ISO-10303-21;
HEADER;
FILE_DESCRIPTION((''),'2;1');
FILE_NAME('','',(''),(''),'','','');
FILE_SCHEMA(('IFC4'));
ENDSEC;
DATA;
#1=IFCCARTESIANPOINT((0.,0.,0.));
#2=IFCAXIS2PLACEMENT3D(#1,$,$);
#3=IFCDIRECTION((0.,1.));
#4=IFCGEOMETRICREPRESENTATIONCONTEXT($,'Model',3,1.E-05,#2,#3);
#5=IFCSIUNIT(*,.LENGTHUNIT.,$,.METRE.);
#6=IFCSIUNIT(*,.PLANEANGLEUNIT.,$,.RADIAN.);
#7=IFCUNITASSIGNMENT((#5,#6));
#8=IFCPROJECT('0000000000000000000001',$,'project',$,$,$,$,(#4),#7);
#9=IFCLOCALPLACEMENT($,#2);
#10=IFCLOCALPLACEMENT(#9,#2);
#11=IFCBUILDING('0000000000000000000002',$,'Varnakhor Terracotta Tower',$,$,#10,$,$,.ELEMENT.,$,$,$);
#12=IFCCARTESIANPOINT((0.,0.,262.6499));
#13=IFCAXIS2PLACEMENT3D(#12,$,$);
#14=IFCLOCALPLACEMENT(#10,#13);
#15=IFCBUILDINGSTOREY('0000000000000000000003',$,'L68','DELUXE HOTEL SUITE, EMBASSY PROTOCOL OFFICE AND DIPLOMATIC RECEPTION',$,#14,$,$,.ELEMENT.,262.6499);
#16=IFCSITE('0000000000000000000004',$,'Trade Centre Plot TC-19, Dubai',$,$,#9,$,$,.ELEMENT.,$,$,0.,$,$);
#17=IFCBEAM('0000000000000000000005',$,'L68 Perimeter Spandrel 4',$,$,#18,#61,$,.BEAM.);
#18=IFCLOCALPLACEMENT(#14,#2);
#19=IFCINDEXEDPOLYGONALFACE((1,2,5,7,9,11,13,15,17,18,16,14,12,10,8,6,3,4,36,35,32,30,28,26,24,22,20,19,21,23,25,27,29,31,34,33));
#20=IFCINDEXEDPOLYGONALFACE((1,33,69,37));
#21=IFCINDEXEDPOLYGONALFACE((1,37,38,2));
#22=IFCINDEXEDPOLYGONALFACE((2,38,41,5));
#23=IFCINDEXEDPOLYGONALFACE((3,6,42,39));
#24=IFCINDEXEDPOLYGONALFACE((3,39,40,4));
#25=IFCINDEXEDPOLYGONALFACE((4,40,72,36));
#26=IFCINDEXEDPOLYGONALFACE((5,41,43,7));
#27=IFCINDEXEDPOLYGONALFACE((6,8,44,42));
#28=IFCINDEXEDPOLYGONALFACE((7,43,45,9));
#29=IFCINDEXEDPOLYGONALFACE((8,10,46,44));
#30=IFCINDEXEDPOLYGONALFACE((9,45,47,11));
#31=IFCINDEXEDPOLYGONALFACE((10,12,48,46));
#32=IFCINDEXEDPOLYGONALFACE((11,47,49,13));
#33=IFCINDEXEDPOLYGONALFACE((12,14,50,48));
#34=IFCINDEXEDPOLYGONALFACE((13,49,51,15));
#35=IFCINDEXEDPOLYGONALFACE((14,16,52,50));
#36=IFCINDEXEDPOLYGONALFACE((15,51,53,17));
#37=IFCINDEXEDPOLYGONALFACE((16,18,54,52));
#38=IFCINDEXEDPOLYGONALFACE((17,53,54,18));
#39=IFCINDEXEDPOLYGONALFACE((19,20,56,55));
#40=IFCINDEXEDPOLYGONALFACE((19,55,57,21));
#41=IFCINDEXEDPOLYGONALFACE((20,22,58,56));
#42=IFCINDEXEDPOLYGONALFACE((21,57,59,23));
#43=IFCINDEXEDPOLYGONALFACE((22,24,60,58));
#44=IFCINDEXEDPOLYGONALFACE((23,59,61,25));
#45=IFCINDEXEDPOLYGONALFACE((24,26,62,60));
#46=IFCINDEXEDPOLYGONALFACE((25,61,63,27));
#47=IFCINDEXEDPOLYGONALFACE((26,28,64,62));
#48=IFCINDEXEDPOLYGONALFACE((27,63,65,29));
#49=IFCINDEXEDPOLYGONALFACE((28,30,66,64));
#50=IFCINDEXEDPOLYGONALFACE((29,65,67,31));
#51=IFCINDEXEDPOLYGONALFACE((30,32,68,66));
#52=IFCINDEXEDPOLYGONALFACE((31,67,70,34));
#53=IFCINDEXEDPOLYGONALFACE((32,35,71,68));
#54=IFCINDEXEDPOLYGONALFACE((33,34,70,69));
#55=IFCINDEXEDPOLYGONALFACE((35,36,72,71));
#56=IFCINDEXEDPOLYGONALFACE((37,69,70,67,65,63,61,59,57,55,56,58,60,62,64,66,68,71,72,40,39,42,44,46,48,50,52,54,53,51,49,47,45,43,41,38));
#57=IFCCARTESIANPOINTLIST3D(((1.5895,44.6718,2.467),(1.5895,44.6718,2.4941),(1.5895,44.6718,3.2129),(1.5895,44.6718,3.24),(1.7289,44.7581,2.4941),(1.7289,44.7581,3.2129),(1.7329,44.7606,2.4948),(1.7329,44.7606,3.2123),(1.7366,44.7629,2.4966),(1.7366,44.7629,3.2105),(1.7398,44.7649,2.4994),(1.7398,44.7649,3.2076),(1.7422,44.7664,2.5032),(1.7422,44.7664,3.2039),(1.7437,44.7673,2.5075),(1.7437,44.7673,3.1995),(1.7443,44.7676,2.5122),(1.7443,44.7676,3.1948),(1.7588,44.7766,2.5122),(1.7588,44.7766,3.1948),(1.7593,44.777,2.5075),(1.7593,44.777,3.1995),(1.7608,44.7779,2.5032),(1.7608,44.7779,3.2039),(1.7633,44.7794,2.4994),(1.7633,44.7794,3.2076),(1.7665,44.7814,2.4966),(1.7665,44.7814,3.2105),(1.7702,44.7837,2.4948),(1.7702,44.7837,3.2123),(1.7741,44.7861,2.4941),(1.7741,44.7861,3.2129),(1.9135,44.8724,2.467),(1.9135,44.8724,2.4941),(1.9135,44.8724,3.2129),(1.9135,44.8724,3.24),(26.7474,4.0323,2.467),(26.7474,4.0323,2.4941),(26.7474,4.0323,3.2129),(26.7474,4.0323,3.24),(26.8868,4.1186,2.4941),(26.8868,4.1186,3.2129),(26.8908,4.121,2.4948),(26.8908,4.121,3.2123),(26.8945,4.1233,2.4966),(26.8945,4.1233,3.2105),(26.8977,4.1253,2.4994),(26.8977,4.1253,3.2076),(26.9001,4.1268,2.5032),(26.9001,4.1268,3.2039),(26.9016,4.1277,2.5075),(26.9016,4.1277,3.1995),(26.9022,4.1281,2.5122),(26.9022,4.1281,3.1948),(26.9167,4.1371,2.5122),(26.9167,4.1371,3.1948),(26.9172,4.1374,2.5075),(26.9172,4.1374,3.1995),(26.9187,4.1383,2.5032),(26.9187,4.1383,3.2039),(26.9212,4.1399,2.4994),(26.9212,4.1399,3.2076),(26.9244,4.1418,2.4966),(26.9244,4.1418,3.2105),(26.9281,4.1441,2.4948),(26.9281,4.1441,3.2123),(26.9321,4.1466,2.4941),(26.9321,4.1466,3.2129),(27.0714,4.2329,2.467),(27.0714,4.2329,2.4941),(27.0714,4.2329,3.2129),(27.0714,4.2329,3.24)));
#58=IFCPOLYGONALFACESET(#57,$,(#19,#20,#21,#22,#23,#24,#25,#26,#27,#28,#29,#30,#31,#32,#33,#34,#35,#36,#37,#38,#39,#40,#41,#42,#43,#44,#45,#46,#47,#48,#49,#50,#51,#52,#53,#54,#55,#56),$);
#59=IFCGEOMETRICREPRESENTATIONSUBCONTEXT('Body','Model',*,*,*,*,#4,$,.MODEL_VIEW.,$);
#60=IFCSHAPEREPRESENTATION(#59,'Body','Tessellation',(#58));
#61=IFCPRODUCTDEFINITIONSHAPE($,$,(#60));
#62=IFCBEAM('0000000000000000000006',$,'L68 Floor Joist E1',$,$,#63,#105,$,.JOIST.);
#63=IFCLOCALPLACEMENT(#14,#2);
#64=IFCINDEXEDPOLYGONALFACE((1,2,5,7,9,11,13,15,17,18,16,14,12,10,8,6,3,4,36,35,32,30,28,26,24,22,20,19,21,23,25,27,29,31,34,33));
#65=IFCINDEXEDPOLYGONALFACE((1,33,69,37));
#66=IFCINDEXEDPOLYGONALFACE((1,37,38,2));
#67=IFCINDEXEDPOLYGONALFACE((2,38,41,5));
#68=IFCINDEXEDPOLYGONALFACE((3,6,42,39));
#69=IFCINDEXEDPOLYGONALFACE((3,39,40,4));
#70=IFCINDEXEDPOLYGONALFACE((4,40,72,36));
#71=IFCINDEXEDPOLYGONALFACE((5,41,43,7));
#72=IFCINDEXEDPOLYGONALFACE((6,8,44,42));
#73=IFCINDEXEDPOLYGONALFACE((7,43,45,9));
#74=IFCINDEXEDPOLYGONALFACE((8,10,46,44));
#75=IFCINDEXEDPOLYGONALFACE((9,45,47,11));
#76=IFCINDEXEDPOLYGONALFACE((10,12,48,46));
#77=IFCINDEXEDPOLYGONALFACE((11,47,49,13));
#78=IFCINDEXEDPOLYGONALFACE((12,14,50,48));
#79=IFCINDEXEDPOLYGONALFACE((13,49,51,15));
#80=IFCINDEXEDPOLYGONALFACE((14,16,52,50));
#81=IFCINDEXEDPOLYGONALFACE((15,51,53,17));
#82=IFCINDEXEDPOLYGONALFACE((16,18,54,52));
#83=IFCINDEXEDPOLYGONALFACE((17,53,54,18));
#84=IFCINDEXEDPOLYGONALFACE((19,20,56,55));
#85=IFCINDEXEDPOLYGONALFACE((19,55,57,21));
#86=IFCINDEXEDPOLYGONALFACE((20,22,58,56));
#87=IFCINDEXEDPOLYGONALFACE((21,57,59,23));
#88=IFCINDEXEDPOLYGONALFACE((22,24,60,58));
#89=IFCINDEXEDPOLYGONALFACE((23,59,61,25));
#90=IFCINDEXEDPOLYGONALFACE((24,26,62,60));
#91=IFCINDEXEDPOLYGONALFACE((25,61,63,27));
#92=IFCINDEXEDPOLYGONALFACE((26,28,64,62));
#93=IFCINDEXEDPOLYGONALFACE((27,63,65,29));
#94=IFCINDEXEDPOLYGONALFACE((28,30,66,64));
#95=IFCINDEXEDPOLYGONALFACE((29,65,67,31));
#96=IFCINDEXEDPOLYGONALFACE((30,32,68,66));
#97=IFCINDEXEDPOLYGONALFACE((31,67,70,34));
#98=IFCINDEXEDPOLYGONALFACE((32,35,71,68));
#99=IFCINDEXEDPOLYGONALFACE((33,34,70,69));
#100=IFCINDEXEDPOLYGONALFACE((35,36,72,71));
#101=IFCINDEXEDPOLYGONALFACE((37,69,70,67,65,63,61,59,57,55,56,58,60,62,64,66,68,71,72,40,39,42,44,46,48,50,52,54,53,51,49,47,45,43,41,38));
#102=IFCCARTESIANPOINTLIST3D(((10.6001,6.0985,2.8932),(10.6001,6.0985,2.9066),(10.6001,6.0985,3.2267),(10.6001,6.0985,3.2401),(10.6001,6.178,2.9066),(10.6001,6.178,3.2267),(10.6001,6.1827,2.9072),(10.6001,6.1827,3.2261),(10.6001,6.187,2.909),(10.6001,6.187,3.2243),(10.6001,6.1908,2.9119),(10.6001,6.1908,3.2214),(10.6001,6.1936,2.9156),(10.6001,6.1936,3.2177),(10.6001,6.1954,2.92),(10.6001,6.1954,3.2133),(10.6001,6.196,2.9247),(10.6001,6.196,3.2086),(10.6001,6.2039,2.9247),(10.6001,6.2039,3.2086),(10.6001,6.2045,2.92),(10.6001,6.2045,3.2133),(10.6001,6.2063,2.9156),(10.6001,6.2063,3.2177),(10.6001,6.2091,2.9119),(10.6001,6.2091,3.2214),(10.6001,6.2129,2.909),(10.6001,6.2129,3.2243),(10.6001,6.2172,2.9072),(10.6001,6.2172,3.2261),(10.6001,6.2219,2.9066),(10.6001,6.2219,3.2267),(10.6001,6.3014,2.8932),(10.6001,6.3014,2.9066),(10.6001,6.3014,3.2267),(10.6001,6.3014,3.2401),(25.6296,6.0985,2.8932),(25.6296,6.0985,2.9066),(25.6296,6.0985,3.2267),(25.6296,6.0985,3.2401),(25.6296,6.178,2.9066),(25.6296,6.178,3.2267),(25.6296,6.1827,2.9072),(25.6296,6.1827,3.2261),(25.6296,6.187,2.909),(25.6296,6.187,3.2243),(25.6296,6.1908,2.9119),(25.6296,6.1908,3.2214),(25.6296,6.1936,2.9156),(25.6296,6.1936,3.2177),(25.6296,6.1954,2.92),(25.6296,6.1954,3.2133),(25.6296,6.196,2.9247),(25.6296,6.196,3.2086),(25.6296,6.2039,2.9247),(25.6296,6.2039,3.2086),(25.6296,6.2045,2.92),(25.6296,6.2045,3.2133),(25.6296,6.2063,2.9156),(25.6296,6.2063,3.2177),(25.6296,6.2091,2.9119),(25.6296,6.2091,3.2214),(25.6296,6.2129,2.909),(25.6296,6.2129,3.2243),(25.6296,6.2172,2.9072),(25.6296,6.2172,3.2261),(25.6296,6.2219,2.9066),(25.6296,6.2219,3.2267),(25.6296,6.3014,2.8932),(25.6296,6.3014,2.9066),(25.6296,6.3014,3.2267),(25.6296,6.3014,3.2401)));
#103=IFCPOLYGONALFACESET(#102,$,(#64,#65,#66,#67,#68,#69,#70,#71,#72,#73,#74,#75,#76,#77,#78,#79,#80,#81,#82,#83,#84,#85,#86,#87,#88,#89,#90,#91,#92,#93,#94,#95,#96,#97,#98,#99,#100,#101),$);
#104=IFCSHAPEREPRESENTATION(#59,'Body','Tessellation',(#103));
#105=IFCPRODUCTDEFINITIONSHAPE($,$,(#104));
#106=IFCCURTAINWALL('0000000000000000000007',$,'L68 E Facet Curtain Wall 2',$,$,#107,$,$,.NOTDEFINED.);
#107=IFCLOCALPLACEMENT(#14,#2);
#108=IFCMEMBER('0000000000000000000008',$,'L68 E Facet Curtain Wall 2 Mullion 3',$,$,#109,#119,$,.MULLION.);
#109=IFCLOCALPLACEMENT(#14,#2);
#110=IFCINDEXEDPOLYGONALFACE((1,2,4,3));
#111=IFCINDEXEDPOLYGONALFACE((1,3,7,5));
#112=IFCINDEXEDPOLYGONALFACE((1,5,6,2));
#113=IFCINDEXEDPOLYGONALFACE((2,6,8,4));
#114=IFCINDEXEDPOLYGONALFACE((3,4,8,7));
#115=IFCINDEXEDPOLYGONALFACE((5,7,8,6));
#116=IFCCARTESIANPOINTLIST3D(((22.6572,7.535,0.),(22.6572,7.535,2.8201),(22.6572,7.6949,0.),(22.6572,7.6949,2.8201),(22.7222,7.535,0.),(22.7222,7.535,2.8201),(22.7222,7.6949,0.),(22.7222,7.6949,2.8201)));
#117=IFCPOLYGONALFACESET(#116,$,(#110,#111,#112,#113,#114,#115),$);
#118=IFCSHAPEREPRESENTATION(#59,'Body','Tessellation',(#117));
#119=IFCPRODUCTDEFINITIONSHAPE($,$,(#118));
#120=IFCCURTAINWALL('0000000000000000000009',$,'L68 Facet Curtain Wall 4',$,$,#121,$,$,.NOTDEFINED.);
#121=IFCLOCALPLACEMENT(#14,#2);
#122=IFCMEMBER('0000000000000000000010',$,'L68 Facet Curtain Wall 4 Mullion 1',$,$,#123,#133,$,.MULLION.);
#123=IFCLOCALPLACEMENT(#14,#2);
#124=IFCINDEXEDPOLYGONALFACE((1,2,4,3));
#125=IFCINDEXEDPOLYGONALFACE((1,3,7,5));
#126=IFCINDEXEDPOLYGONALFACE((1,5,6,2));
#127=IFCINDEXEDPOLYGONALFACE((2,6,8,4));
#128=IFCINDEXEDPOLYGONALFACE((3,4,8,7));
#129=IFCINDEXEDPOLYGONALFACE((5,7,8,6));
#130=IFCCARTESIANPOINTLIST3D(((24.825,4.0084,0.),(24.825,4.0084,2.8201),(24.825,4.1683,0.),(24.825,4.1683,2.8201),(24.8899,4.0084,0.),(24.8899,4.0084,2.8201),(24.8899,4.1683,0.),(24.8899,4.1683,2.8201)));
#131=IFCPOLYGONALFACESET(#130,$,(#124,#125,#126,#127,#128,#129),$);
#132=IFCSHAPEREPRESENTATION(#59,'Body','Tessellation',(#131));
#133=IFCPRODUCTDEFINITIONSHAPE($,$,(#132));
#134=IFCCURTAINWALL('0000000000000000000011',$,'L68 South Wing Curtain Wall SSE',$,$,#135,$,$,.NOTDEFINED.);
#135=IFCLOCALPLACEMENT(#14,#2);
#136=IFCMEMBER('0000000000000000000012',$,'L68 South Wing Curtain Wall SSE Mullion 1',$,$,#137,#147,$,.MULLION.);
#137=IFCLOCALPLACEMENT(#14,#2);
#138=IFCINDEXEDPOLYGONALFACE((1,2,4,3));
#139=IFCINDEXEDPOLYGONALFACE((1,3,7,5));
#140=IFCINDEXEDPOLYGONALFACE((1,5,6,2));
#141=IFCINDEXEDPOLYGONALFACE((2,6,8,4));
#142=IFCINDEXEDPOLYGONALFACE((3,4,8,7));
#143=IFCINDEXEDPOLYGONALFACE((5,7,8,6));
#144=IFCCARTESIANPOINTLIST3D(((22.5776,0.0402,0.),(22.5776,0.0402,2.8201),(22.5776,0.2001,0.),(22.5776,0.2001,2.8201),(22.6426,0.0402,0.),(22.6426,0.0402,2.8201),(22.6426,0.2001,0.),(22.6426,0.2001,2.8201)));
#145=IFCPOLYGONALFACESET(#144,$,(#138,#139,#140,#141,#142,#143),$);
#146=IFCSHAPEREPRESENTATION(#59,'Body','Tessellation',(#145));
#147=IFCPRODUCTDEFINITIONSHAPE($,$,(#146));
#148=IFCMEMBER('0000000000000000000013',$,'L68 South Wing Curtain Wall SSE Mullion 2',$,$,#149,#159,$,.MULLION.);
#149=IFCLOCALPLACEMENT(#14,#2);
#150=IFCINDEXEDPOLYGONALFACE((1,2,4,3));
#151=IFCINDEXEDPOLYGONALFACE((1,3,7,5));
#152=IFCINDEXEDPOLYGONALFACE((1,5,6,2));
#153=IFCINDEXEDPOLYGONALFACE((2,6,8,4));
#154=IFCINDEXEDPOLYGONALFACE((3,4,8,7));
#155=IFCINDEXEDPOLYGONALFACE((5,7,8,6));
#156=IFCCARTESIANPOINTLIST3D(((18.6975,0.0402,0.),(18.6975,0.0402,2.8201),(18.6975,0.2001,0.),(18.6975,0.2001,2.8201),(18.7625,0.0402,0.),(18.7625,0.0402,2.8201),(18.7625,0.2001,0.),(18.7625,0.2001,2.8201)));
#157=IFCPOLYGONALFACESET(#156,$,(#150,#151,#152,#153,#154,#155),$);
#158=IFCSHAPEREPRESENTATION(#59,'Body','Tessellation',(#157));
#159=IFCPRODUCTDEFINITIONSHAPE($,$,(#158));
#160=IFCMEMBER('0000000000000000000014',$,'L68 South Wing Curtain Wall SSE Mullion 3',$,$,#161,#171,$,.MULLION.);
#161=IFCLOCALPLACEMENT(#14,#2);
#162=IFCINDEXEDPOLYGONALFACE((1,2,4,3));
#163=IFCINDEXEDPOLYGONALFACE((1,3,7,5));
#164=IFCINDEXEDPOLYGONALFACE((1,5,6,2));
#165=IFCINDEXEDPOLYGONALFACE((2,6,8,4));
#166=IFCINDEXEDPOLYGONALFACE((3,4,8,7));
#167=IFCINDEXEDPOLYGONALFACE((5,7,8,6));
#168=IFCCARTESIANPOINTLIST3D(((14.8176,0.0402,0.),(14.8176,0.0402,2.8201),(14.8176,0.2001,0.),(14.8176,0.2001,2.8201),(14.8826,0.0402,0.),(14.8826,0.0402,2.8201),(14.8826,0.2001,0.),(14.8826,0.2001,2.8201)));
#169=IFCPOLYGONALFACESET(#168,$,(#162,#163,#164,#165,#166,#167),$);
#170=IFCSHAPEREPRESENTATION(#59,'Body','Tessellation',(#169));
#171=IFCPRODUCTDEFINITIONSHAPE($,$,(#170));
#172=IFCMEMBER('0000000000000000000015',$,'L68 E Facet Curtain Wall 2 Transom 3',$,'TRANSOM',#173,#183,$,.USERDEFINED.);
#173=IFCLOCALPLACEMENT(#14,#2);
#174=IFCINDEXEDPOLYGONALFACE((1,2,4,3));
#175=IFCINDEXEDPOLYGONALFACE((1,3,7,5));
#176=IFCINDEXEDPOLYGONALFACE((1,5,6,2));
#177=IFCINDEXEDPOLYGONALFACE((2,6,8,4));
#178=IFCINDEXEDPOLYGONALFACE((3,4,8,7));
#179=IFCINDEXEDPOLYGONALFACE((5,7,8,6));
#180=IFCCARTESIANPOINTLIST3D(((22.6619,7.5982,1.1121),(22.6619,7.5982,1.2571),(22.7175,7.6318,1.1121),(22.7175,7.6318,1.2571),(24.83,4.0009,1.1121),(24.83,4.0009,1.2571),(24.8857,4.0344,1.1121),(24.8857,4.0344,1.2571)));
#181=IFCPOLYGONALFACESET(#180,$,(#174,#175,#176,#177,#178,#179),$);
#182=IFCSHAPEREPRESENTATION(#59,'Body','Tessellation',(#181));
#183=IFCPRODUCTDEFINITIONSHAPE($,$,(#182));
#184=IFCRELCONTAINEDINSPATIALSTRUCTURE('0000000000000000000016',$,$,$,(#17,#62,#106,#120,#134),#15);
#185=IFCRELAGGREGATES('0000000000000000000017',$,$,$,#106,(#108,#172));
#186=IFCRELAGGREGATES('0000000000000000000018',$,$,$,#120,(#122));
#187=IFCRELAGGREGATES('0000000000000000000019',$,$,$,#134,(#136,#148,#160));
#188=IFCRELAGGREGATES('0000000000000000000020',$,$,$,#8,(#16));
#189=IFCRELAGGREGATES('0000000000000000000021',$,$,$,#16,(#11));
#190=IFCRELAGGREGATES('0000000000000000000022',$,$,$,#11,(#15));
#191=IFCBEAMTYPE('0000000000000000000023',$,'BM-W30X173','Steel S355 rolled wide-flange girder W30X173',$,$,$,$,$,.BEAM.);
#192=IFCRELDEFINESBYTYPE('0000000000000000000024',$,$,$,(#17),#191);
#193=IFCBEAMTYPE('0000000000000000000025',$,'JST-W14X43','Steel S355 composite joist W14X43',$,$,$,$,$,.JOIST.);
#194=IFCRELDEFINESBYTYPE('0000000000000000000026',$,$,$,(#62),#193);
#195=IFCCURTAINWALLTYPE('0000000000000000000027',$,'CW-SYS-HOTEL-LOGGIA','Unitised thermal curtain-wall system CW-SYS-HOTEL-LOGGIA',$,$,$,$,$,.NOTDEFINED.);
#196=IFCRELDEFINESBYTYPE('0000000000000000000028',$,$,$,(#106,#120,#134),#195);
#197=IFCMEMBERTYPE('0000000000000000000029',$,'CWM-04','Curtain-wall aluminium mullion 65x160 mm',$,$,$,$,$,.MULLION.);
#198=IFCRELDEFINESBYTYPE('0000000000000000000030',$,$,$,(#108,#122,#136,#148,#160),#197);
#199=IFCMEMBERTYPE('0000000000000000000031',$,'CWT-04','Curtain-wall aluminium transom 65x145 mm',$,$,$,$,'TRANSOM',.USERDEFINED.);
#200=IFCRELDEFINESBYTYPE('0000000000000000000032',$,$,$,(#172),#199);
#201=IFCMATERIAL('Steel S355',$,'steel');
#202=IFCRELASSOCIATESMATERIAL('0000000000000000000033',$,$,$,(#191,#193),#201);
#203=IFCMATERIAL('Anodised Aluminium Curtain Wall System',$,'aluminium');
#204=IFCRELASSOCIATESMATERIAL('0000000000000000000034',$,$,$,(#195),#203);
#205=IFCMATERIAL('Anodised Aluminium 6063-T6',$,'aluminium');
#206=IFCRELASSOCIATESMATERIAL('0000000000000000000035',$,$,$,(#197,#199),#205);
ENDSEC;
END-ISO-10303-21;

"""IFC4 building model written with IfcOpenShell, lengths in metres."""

from ifc_helpers import new_model, si_unit, direction, frame, origin, origin_2d, place, context, subcontext, project, spatial, rectangle, i_section, extrude, source, transform, mapped, material, material_profile, profile_set, type_object, type_shapes, element, aggregate, save


model = new_model("IFC4")

# Units and contexts
model_context = context("Model", 3, precision=1e-05, world=origin(), true_north=direction((0.0, 1.0)))
body_context = subcontext(model_context, "Body", "Model", "MODEL_VIEW")
ifc_project = project(units=[si_unit("LENGTHUNIT", "METRE"), si_unit("PLANEANGLEUNIT", "RADIAN")], contexts=[model_context])

# Site, building, storey
site_placement = place(None, origin())
site = spatial("IfcSite", under=ifc_project, at=site_placement, Name="Trade Centre Plot TC-19, Dubai", CompositionType="ELEMENT", RefElevation=0.0)
building_placement = place(site_placement, origin())
building = spatial("IfcBuilding", under=site, at=building_placement, Name="Varnakhor Terracotta Tower", CompositionType="ELEMENT")
storey_placement = place(building_placement, frame((0.0, 0.0, 262.6499)))
storey = spatial("IfcBuildingStorey", under=building, at=storey_placement, Name="L68", Description="DELUXE HOTEL SUITE, EMBASSY PROTOCOL OFFICE AND DIPLOMATIC RECEPTION", CompositionType="ELEMENT", Elevation=262.6499)

# Shared definitions
ifc_material_1 = material(Name="Steel S355", Category="steel")

# Beams
ifc_material_profile_1 = material_profile(ifc_material_1, i_section(OverallWidth=0.3811, OverallDepth=0.7729, WebThickness=0.0171, FlangeThickness=0.0271, FilletRadius=0.0181, at=origin_2d()), Name="W30X173")
ifc_profile_set_1 = profile_set([ifc_material_profile_1], Name="Steel S355")
beam_type_1 = type_object("IfcBeamType", Name="BM-W30X173", Description="Steel S355 rolled wide-flange girder W30X173", PredefinedType="BEAM", material=ifc_profile_set_1)
shared_shape_1 = source(origin(), body_context, "Body", "SweptSolid", [
    extrude(i_section(OverallWidth=0.3811, OverallDepth=0.7729, WebThickness=0.0171, FlangeThickness=0.0271, FilletRadius=0.0181, at=origin_2d()), origin(), (0.0, 0.0, 1.0), 47.7964),
])
beam_1_placement = place(storey_placement, frame((26.9094, 4.1326, 2.8535), z_axis=(-0.526356, 0.850264, 0.0), x_axis=(-0.850264, -0.526356, 0.0)))
element("IfcBeam", 1, at=beam_1_placement, inside=storey, type_object=beam_type_1, Name="L68 Perimeter Spandrel 4", PredefinedType="BEAM", context=body_context, shape_type="MappedRepresentation", body=[
    mapped(shared_shape_1, transform((0.0, 0.0, 0.0), scale=1.0)),
])
ifc_material_profile_2 = material_profile(ifc_material_1, i_section(OverallWidth=0.2029, OverallDepth=0.3469, WebThickness=0.0078, FlangeThickness=0.0134, FilletRadius=0.0181, at=origin_2d()), Name="W14X43")
ifc_profile_set_2 = profile_set([ifc_material_profile_2], Name="Steel S355")
beam_type_2 = type_object("IfcBeamType", Name="JST-W14X43", Description="Steel S355 composite joist W14X43", PredefinedType="JOIST", material=ifc_profile_set_2)
shared_shape_2 = source(origin(), body_context, "Body", "SweptSolid", [
    extrude(i_section(OverallWidth=0.2029, OverallDepth=0.3469, WebThickness=0.0078, FlangeThickness=0.0134, FilletRadius=0.0181, at=origin_2d()), origin(), (0.0, 0.0, 1.0), 15.0295),
])
beam_2_placement = place(storey_placement, frame((10.6001, 6.2, 3.0667), z_axis=(1.0, 0.0, 0.0), x_axis=(0.0, 1.0, 0.0)))
element("IfcBeam", 2, at=beam_2_placement, inside=storey, type_object=beam_type_2, Name="L68 Floor Joist E1", PredefinedType="JOIST", context=body_context, shape_type="MappedRepresentation", body=[
    mapped(shared_shape_2, transform((0.0, 0.0, 0.0), scale=1.0)),
])

# Curtain walls, members
ifc_material_2 = material(Name="Anodised Aluminium Curtain Wall System", Category="aluminium")
curtain_wall_type = type_object("IfcCurtainWallType", Name="CW-SYS-HOTEL-LOGGIA", Description="Unitised thermal curtain-wall system CW-SYS-HOTEL-LOGGIA", PredefinedType="NOTDEFINED", material=ifc_material_2)
curtain_wall_1_placement = place(storey_placement, origin())
curtain_wall_1 = element("IfcCurtainWall", 3, at=curtain_wall_1_placement, inside=storey, type_object=curtain_wall_type, Name="L68 E Facet Curtain Wall 2", PredefinedType="NOTDEFINED")
ifc_material_3 = material(Name="Anodised Aluminium 6063-T6", Category="aluminium")
ifc_material_profile_3 = material_profile(ifc_material_3, rectangle(XDim=0.0649, YDim=0.1599, at=origin_2d()), Name="ALU MULLION 65x160")
ifc_profile_set_3 = profile_set([ifc_material_profile_3], Name="Anodised Aluminium 6063-T6")
member_type_1 = type_object("IfcMemberType", Name="CWM-04", Description="Curtain-wall aluminium mullion 65x160 mm", PredefinedType="MULLION", material=ifc_profile_set_3)
shared_shape_3 = source(origin(), body_context, "Body", "SweptSolid", [
    extrude(rectangle(XDim=0.0649, YDim=0.1599, at=origin_2d()), origin(), (0.0, 0.0, 1.0), 2.8201),
])
type_shapes(member_type_1, [shared_shape_3])
member_1_placement = place(storey_placement, frame((22.6897, 7.615, 0.0), z_axis=(0.0, 0.0, 1.0), x_axis=(1.0, 0.0, 0.0)))
member_1 = element("IfcMember", 4, at=member_1_placement, type_object=member_type_1, Name="L68 E Facet Curtain Wall 2 Mullion 3", PredefinedType="MULLION", context=body_context, shape_type="MappedRepresentation", body=[
    mapped(shared_shape_3, transform((0.0, 0.0, 0.0), scale=1.0)),
])
curtain_wall_2_placement = place(storey_placement, origin())
curtain_wall_2 = element("IfcCurtainWall", 5, at=curtain_wall_2_placement, inside=storey, type_object=curtain_wall_type, Name="L68 Facet Curtain Wall 4", PredefinedType="NOTDEFINED")
member_2_placement = place(storey_placement, frame((24.8574, 4.0884, 0.0), z_axis=(0.0, 0.0, 1.0), x_axis=(1.0, 0.0, 0.0)))
member_2 = element("IfcMember", 6, at=member_2_placement, type_object=member_type_1, Name="L68 Facet Curtain Wall 4 Mullion 1", PredefinedType="MULLION", context=body_context, shape_type="MappedRepresentation", body=[
    mapped(shared_shape_3, transform((0.0, 0.0, 0.0), scale=1.0)),
])

# Curtain wall, members
curtain_wall_3_placement = place(storey_placement, origin())
curtain_wall_3 = element("IfcCurtainWall", 7, at=curtain_wall_3_placement, inside=storey, type_object=curtain_wall_type, Name="L68 South Wing Curtain Wall SSE", PredefinedType="NOTDEFINED")
member_3_placement = place(storey_placement, frame((22.6101, 0.1201, 0.0), z_axis=(0.0, 0.0, 1.0), x_axis=(1.0, 0.0, 0.0)))
member_3 = element("IfcMember", 8, at=member_3_placement, type_object=member_type_1, Name="L68 South Wing Curtain Wall SSE Mullion 1", PredefinedType="MULLION", context=body_context, shape_type="MappedRepresentation", body=[
    mapped(shared_shape_3, transform((0.0, 0.0, 0.0), scale=1.0)),
])
member_4_placement = place(storey_placement, frame((18.73, 0.1201, 0.0), z_axis=(0.0, 0.0, 1.0), x_axis=(1.0, 0.0, 0.0)))
member_4 = element("IfcMember", 9, at=member_4_placement, type_object=member_type_1, Name="L68 South Wing Curtain Wall SSE Mullion 2", PredefinedType="MULLION", context=body_context, shape_type="MappedRepresentation", body=[
    mapped(shared_shape_3, transform((0.0, 0.0, 0.0), scale=1.0)),
])
member_5_placement = place(storey_placement, frame((14.8501, 0.1201, 0.0), z_axis=(0.0, 0.0, 1.0), x_axis=(1.0, 0.0, 0.0)))
member_5 = element("IfcMember", 10, at=member_5_placement, type_object=member_type_1, Name="L68 South Wing Curtain Wall SSE Mullion 3", PredefinedType="MULLION", context=body_context, shape_type="MappedRepresentation", body=[
    mapped(shared_shape_3, transform((0.0, 0.0, 0.0), scale=1.0)),
])

# Member
ifc_material_profile_4 = material_profile(ifc_material_3, rectangle(XDim=0.0649, YDim=0.145, at=origin_2d()), Name="ALU TRANSOM 65x145")
ifc_profile_set_4 = profile_set([ifc_material_profile_4], Name="Anodised Aluminium 6063-T6")
member_type_2 = type_object("IfcMemberType", Name="CWT-04", Description="Curtain-wall aluminium transom 65x145 mm", ElementType="TRANSOM", PredefinedType="USERDEFINED", material=ifc_profile_set_4)
shared_shape_4 = source(origin(), body_context, "Body", "SweptSolid", [
    extrude(rectangle(XDim=0.0649, YDim=0.145, at=origin_2d()), origin(), (0.0, 0.0, 1.0), 4.2002),
])
member_6_placement = place(storey_placement, frame((22.6897, 7.615, 1.1846), z_axis=(0.516204, -0.856465, 0.0), x_axis=(0.856465, 0.516204, 0.0)))
member_6 = element("IfcMember", 11, at=member_6_placement, type_object=member_type_2, Name="L68 E Facet Curtain Wall 2 Transom 3", ObjectType="TRANSOM", PredefinedType="USERDEFINED", context=body_context, shape_type="MappedRepresentation", body=[
    mapped(shared_shape_4, transform((0.0, 0.0, 0.0), scale=1.0)),
])

aggregate(curtain_wall_1, [member_1, member_6])
aggregate(curtain_wall_2, [member_2])
aggregate(curtain_wall_3, [member_3, member_4, member_5])

save(model, "model.ifc")
